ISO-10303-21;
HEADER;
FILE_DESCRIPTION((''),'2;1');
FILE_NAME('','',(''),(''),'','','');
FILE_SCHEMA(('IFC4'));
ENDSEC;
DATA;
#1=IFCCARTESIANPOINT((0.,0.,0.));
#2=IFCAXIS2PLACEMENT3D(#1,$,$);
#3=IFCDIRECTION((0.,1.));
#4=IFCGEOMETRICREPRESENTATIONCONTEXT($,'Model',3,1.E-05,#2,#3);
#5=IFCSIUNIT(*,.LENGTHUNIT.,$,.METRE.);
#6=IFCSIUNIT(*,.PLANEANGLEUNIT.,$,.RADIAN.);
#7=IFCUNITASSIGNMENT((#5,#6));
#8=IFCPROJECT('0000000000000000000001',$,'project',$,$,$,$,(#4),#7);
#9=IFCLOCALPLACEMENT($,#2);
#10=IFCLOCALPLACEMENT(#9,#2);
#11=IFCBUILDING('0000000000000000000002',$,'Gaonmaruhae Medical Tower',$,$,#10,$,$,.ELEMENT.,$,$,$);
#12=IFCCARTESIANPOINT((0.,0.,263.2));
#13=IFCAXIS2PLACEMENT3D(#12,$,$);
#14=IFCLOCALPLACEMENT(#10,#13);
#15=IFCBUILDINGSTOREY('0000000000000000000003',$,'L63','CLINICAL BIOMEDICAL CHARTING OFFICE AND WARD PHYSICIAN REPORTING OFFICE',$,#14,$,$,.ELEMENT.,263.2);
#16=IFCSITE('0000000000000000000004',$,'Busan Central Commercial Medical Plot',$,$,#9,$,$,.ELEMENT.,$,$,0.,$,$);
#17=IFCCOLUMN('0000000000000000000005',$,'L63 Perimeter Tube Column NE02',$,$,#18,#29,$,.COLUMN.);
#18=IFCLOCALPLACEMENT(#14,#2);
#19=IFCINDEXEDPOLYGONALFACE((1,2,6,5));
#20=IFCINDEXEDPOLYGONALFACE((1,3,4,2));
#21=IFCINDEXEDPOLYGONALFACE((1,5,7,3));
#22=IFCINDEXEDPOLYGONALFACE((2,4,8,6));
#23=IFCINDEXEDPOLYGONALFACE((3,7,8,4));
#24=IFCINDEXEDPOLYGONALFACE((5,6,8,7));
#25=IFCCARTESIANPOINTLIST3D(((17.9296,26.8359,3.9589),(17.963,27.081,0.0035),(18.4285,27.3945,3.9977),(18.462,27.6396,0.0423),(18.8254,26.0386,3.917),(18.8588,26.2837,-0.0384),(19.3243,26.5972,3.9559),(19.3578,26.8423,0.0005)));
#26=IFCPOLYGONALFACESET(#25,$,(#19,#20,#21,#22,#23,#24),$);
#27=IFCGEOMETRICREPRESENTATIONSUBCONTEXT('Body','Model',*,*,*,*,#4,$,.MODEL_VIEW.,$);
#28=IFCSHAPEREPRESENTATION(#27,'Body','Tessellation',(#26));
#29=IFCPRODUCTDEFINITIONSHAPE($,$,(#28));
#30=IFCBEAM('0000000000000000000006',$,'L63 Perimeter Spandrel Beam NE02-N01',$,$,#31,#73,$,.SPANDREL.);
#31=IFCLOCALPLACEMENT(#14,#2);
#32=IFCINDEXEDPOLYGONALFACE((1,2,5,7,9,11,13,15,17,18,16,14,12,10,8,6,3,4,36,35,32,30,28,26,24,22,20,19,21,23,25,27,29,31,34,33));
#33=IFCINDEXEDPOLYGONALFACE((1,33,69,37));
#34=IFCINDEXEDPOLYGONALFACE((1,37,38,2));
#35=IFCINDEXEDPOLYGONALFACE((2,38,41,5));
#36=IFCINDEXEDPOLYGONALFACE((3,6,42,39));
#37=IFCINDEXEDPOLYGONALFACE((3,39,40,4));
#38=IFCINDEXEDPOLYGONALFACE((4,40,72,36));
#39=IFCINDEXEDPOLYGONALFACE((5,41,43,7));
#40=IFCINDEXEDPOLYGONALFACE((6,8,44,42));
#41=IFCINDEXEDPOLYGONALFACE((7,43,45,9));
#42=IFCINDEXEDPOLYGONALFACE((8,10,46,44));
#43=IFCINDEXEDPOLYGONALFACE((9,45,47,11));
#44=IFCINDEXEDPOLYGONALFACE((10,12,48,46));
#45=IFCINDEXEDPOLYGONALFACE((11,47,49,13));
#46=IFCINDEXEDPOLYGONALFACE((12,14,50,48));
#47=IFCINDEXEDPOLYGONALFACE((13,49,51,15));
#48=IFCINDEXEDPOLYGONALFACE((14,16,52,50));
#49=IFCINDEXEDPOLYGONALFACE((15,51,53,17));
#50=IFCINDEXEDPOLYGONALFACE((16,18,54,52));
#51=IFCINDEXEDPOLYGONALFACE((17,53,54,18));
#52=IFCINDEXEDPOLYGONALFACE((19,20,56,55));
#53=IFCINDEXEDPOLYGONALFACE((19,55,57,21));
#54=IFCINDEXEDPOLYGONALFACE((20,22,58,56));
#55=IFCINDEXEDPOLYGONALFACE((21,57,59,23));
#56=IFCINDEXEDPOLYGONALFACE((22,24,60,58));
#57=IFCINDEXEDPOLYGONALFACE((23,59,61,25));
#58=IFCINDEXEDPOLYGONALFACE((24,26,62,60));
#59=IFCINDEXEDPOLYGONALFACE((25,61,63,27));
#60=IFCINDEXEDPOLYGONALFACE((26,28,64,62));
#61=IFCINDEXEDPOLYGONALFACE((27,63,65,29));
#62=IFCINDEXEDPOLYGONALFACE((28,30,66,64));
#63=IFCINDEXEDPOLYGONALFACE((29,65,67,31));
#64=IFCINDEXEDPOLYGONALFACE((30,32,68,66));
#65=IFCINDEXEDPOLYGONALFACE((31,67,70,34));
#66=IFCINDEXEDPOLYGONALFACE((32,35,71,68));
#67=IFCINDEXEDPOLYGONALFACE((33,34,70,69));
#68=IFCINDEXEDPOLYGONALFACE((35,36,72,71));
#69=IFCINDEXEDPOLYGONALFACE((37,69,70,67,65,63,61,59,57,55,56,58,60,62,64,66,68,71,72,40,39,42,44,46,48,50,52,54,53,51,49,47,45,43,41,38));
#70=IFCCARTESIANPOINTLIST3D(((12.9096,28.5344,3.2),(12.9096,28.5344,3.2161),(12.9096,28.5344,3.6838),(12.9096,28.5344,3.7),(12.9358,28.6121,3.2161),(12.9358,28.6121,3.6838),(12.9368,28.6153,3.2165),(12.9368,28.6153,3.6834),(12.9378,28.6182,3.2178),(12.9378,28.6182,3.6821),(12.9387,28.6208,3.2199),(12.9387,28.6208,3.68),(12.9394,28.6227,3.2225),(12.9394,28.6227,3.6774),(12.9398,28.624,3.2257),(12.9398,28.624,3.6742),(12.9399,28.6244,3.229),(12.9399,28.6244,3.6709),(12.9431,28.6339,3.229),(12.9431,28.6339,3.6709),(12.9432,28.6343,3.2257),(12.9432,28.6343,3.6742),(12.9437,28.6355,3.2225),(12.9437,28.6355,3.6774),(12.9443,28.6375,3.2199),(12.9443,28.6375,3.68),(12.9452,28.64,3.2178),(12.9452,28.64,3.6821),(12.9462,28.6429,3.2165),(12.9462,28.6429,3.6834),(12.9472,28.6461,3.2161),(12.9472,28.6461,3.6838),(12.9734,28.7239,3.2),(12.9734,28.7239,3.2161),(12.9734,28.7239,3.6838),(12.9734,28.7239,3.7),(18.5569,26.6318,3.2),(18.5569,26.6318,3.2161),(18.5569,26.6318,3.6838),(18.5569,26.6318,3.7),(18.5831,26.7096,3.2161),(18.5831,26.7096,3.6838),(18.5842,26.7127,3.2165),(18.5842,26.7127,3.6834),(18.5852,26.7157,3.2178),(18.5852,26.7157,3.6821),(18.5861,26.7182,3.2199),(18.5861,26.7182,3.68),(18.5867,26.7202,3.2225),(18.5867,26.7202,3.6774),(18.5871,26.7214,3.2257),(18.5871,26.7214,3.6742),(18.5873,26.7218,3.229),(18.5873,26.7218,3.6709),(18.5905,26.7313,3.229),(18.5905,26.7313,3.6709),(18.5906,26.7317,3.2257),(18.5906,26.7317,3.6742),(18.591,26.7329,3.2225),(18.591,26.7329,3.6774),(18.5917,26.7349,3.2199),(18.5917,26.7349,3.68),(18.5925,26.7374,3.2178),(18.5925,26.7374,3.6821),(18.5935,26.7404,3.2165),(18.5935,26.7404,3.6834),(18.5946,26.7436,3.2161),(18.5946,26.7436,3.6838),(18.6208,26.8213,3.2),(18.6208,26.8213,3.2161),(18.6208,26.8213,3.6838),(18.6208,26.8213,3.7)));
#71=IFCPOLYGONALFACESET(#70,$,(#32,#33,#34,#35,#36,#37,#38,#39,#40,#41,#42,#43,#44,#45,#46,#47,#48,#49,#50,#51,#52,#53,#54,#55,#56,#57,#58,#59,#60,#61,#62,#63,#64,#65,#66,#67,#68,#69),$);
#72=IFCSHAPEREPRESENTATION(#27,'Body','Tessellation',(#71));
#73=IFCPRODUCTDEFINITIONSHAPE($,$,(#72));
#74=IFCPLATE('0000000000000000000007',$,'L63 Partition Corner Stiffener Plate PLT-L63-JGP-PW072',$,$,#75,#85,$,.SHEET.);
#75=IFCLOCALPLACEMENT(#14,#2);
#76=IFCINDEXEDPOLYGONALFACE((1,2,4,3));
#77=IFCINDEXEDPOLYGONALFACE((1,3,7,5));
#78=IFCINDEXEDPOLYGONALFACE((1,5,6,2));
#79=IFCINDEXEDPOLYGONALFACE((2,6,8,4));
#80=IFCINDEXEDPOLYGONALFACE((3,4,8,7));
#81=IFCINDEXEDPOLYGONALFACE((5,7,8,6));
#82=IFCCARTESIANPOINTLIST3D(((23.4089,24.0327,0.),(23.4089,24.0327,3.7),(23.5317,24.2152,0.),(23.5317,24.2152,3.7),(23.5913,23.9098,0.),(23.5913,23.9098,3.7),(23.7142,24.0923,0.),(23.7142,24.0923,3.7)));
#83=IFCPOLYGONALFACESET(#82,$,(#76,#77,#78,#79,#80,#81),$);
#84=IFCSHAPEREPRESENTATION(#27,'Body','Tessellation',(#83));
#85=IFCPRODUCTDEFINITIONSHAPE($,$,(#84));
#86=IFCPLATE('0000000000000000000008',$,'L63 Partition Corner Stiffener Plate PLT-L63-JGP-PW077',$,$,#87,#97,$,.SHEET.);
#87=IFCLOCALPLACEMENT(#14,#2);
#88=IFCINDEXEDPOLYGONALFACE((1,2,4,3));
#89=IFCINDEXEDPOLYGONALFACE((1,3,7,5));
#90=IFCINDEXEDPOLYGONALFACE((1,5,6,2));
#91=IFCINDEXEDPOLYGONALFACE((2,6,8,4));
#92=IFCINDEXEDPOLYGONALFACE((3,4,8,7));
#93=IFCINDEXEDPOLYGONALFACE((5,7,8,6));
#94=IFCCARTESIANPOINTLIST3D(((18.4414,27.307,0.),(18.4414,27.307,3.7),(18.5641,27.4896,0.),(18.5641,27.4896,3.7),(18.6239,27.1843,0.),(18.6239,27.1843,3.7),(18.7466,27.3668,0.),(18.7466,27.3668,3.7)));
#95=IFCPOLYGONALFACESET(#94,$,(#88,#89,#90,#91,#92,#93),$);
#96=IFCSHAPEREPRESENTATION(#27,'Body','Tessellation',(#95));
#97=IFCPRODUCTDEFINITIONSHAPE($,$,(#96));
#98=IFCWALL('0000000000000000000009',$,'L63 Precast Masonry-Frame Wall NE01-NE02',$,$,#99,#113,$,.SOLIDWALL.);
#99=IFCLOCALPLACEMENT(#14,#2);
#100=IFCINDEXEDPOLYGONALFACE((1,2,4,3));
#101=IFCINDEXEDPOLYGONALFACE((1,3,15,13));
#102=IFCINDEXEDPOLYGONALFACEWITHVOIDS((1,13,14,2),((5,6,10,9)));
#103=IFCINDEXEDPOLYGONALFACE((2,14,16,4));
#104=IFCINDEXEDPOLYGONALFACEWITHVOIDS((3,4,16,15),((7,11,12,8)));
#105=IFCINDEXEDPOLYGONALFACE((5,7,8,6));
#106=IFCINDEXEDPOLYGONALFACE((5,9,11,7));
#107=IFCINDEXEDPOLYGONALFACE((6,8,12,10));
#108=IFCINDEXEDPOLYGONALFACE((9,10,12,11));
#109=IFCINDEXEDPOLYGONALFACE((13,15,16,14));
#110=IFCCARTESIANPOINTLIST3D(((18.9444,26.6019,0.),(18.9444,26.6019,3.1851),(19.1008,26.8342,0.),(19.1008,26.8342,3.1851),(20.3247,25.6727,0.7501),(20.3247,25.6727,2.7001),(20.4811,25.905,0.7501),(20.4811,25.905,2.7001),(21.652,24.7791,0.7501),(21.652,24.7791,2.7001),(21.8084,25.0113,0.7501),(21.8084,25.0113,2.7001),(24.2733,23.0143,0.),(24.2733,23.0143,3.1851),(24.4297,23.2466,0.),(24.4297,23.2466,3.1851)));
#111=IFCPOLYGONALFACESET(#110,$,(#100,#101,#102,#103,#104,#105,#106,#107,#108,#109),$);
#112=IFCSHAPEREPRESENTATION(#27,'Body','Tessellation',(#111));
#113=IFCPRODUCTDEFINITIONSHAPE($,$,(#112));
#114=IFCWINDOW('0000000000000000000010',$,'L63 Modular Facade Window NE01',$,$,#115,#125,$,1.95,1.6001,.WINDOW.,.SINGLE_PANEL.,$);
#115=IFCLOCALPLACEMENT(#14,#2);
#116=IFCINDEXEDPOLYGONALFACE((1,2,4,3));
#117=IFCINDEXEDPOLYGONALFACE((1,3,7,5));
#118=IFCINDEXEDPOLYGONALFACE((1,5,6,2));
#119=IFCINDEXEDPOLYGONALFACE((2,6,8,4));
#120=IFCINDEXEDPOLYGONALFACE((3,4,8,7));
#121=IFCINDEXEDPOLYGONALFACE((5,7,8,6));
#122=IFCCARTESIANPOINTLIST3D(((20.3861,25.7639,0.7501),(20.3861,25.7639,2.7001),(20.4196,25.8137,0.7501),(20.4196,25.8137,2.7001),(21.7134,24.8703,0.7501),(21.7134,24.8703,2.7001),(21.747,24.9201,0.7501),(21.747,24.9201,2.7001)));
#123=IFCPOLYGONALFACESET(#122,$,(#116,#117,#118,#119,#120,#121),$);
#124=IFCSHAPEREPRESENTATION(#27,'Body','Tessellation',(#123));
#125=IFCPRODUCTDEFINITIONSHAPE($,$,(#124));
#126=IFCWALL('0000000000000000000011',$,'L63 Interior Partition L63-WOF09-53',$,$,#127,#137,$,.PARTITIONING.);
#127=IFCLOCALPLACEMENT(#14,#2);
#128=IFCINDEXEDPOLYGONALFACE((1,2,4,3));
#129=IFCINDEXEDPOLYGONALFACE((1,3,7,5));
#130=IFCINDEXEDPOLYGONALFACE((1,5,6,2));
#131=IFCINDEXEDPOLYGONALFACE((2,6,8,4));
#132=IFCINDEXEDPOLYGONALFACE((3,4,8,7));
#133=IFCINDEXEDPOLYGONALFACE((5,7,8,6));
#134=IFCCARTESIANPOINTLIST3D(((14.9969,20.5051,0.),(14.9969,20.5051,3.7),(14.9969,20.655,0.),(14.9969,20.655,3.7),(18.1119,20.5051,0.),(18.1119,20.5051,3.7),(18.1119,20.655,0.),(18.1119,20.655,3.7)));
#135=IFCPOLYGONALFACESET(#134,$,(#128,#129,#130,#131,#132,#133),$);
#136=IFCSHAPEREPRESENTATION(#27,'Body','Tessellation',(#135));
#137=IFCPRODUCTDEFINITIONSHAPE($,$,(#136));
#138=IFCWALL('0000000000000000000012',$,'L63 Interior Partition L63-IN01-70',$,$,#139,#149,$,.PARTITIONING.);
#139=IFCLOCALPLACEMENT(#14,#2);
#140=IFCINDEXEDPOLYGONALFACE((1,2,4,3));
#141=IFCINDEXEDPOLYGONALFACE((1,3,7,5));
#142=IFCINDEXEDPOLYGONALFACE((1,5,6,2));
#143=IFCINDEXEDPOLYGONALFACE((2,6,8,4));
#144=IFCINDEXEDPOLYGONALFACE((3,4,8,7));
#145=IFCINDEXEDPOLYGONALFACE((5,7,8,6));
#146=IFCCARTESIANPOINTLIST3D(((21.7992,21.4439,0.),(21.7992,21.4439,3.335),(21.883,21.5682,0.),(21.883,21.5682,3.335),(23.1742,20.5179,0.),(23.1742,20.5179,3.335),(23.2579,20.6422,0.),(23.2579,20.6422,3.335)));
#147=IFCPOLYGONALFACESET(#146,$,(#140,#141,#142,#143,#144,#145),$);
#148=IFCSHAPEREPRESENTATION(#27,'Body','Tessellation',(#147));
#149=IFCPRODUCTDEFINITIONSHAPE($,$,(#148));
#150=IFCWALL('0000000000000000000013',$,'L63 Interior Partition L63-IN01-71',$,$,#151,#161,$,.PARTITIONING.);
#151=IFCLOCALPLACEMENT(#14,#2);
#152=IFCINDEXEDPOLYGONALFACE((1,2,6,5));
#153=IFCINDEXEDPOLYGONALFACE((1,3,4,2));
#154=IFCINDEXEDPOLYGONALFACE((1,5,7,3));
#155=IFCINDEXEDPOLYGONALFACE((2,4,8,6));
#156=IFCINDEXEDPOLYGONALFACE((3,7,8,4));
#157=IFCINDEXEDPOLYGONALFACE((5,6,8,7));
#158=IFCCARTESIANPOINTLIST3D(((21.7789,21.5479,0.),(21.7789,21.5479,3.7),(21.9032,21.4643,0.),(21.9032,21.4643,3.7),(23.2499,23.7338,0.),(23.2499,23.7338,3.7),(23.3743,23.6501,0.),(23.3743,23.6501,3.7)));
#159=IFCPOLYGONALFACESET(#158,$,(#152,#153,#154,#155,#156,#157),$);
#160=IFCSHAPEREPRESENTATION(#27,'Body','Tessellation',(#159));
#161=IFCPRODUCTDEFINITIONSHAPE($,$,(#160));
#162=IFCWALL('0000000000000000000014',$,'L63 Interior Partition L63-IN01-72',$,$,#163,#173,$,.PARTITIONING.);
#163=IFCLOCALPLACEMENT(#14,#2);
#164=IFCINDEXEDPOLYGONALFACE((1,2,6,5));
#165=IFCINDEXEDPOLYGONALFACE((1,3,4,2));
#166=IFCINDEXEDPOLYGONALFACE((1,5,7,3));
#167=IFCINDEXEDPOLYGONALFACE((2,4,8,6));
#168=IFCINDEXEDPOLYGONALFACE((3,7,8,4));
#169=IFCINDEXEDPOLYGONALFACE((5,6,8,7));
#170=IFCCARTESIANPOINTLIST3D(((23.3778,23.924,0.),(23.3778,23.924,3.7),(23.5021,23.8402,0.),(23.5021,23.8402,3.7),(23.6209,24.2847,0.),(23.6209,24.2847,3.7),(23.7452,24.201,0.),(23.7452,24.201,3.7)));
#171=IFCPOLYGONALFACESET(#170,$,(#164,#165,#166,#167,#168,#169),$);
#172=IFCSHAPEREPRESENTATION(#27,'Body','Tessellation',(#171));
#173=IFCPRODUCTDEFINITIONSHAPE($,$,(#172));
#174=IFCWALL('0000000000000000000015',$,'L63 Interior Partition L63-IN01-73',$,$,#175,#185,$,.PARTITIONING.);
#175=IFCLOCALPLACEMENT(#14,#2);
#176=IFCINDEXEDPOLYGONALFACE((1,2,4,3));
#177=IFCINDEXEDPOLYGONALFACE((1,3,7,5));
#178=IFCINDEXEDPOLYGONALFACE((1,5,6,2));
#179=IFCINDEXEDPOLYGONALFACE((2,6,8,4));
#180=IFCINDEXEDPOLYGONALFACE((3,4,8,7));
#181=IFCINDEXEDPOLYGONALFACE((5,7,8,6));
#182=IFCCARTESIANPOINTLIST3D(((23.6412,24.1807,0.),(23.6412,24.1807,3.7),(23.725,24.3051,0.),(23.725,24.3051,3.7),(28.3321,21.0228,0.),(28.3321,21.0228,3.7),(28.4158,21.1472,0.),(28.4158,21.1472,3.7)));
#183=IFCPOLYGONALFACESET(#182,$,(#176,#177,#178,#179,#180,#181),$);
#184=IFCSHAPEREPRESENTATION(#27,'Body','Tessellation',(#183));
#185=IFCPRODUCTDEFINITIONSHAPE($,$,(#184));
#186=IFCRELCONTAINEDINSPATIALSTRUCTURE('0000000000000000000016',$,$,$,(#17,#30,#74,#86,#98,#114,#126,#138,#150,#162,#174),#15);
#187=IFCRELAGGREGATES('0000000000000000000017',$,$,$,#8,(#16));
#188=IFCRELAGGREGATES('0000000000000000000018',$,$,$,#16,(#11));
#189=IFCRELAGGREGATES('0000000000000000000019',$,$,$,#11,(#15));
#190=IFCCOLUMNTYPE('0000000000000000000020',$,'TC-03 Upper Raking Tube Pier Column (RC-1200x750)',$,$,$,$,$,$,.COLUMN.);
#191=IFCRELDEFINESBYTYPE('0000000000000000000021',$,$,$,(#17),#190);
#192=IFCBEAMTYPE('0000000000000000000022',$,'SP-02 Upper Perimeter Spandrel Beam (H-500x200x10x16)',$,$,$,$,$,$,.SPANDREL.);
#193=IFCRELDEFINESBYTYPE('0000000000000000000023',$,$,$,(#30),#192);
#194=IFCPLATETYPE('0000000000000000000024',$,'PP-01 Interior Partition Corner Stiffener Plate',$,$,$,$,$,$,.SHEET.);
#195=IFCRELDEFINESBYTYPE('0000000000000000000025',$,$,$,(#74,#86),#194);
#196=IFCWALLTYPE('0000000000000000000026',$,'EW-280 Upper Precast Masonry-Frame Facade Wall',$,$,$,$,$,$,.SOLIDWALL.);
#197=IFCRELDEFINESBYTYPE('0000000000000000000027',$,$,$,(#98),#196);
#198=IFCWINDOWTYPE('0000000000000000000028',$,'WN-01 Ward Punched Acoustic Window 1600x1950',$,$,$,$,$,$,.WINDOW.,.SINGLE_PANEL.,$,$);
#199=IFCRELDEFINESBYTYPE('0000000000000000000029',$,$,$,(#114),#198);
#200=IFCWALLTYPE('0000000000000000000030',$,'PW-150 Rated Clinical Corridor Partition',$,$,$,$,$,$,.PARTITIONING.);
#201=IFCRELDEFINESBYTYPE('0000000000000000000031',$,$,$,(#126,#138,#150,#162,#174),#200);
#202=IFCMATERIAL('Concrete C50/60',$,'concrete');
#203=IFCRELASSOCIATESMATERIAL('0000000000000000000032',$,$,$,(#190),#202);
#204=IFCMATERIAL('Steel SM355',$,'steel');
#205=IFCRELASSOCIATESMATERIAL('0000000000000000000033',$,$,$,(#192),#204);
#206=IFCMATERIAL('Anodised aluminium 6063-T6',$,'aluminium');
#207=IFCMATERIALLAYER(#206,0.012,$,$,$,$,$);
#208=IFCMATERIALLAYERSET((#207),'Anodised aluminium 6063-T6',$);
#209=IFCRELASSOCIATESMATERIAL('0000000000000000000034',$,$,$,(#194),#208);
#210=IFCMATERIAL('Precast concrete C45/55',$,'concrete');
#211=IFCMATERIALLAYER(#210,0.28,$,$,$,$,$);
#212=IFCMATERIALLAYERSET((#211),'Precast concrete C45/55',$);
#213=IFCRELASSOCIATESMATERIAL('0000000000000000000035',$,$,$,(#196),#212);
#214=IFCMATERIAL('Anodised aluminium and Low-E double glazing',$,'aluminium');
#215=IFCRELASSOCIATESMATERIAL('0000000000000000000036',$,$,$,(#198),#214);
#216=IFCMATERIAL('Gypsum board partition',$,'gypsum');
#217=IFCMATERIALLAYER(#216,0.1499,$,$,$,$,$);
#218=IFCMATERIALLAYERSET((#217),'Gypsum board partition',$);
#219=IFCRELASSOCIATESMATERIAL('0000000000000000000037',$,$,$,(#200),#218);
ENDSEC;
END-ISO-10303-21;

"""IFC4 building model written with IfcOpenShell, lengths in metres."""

from ifc_helpers import new_model, si_unit, direction, frame, frame_2d, origin, origin_2d, place, context, subcontext, project, spatial, rectangle, i_section, extrude, material, layer, layer_set, material_profile, profile_set, type_object, element, fill, save


model = new_model("IFC4")

# Units and contexts
model_context = context("Model", 3, precision=1e-05, world=origin(), true_north=direction((0.0, 1.0)))
body_context = subcontext(model_context, "Body", "Model", "MODEL_VIEW")
ifc_project = project(units=[si_unit("LENGTHUNIT", "METRE"), si_unit("PLANEANGLEUNIT", "RADIAN")], contexts=[model_context])

# Site, building, storey
site_placement = place(None, origin())
site = spatial("IfcSite", under=ifc_project, at=site_placement, Name="Busan Central Commercial Medical Plot", CompositionType="ELEMENT", RefElevation=0.0)
building_placement = place(site_placement, origin())
building = spatial("IfcBuilding", under=site, at=building_placement, Name="Gaonmaruhae Medical Tower", CompositionType="ELEMENT")
storey_placement = place(building_placement, frame((0.0, 0.0, 263.2)))
storey = spatial("IfcBuildingStorey", under=building, at=storey_placement, Name="L63", Description="CLINICAL BIOMEDICAL CHARTING OFFICE AND WARD PHYSICIAN REPORTING OFFICE", CompositionType="ELEMENT", Elevation=263.2)

# Column
ifc_material_1 = material(Name="Concrete C50/60", Category="concrete")
ifc_material_profile_1 = material_profile(ifc_material_1, rectangle(XDim=1.2, YDim=0.75, at=origin_2d()), Name="RC-1200x750")
ifc_profile_set_1 = profile_set([ifc_material_profile_1], Name="Concrete C50/60")
column_type = type_object("IfcColumnType", Name="TC-03 Upper Raking Tube Pier Column (RC-1200x750)", PredefinedType="COLUMN", material=ifc_profile_set_1)
column_placement = place(storey_placement, frame((18.6604, 26.9617, 0.002), z_axis=(-0.00844, -0.061851, 0.99805), x_axis=(-0.74655, 0.664415, 0.034862)))
element("IfcColumn", 1, at=column_placement, inside=storey, type_object=column_type, Name="L63 Perimeter Tube Column NE02", PredefinedType="COLUMN", context=body_context, shape_type="SweptSolid", body=[
    extrude(rectangle(XDim=1.2, YDim=0.75, at=origin_2d()), origin(), (0.0, 0.0, 1.0), 3.9631),
])

# Beam
ifc_material_2 = material(Name="Steel SM355", Category="steel")
ifc_material_profile_2 = material_profile(ifc_material_2, i_section(OverallWidth=0.2, OverallDepth=0.5, WebThickness=0.01, FlangeThickness=0.0161, FilletRadius=0.0129, at=origin_2d()), Name="H-500x200x10x16")
ifc_profile_set_2 = profile_set([ifc_material_profile_2], Name="Steel SM355")
beam_type = type_object("IfcBeamType", Name="SP-02 Upper Perimeter Spandrel Beam (H-500x200x10x16)", PredefinedType="SPANDREL", material=ifc_profile_set_2)
beam_placement = place(storey_placement, frame((18.5889, 26.7266, 3.45), z_axis=(-0.947667, 0.319262, 0.0), x_axis=(-0.319262, -0.947667, 0.0)))
element("IfcBeam", 2, at=beam_placement, inside=storey, type_object=beam_type, Name="L63 Perimeter Spandrel Beam NE02-N01", PredefinedType="SPANDREL", context=body_context, shape_type="SweptSolid", body=[
    extrude(i_section(OverallWidth=0.2, OverallDepth=0.5, WebThickness=0.01, FlangeThickness=0.0161, FilletRadius=0.0129, at=origin_2d()), origin(), (0.0, 0.0, 1.0), 5.9592),
])

# Plates
ifc_material_3 = material(Name="Anodised aluminium 6063-T6", Category="aluminium")
ifc_layer_1 = layer(ifc_material_3, 0.012)
ifc_layer_set_1 = layer_set([ifc_layer_1], Name="Anodised aluminium 6063-T6")
plate_type = type_object("IfcPlateType", Name="PP-01 Interior Partition Corner Stiffener Plate", PredefinedType="SHEET", material=ifc_layer_set_1)
for number, where, z_axis, x_axis, name in (
    (3, (23.5615, 24.0625, 0.0), (0.0, 0.0, 1.0), (0.558411, 0.829564, 0.0), "L63 Partition Corner Stiffener Plate PLT-L63-JGP-PW072"),
    (4, (18.594, 27.3369, 0.0), (0.0, 0.0, 1.0), (0.558035, 0.829818, 0.0), "L63 Partition Corner Stiffener Plate PLT-L63-JGP-PW077"),
):
    element("IfcPlate", number, at=place(storey_placement, frame(where, z_axis=z_axis, x_axis=x_axis)), inside=storey, type_object=plate_type, Name=name, PredefinedType="SHEET", context=body_context, shape_type="SweptSolid", body=[
        extrude(rectangle(XDim=0.22, YDim=0.22, at=origin_2d()), origin(), (0.0, 0.0, 1.0), 3.7),
    ])

# Wall, opening, window
ifc_material_4 = material(Name="Precast concrete C45/55", Category="concrete")
ifc_layer_2 = layer(ifc_material_4, 0.28)
ifc_layer_set_2 = layer_set([ifc_layer_2], Name="Precast concrete C45/55")
wall_type_1 = type_object("IfcWallType", Name="EW-280 Upper Precast Masonry-Frame Facade Wall", PredefinedType="SOLIDWALL", material=ifc_layer_set_2)
wall_1_placement = place(storey_placement, frame((19.0227, 26.718, 0.0), z_axis=(0.0, 0.0, 1.0), x_axis=(0.829522, -0.558474, 0.0)))
wall_1 = element("IfcWall", 5, at=wall_1_placement, inside=storey, type_object=wall_type_1, Name="L63 Precast Masonry-Frame Wall NE01-NE02", PredefinedType="SOLIDWALL", context=body_context, shape_type="SweptSolid", body=[
    extrude(rectangle(XDim=6.4241, YDim=0.28, at=frame_2d((3.2119, 0.0))), origin(), (0.0, 0.0, 1.0), 3.1851),
])
opening_1_placement = place(wall_1_placement, frame((1.6638, 0.0, 0.75)))
opening_1 = element("IfcOpeningElement", 6, at=opening_1_placement, cuts=wall_1, PredefinedType="OPENING", context=body_context, shape_type="SweptSolid", body=[
    extrude(rectangle(XDim=1.6001, YDim=1.95, at=frame_2d((0.8, 0.9751))), frame((0.0, 0.1499, 0.0), z_axis=(0.0, -1.0, 0.0), x_axis=(1.0, 0.0, 0.0)), (0.0, 0.0, 1.0), 0.3),
])
ifc_material_5 = material(Name="Anodised aluminium and Low-E double glazing", Category="aluminium")
window_type = type_object("IfcWindowType", Name="WN-01 Ward Punched Acoustic Window 1600x1950", PartitioningType="SINGLE_PANEL", PredefinedType="WINDOW", material=ifc_material_5)
window_placement = place(opening_1_placement, origin())
window = element("IfcWindow", 7, at=window_placement, inside=storey, type_object=window_type, Name="L63 Modular Facade Window NE01", OverallHeight=1.95, OverallWidth=1.6001, PartitioningType="SINGLE_PANEL", PredefinedType="WINDOW", context=body_context, shape_type="SweptSolid", body=[
    extrude(rectangle(XDim=1.6001, YDim=1.95, at=frame_2d((0.8, 0.9751))), frame((0.0, 0.03, 0.0), z_axis=(0.0, -1.0, 0.0), x_axis=(1.0, 0.0, 0.0)), (0.0, 0.0, 1.0), 0.0601),
])
fill(opening_1, window)

# Walls
ifc_material_6 = material(Name="Gypsum board partition", Category="gypsum")
ifc_layer_3 = layer(ifc_material_6, 0.1499)
ifc_layer_set_3 = layer_set([ifc_layer_3], Name="Gypsum board partition")
wall_type_2 = type_object("IfcWallType", Name="PW-150 Rated Clinical Corridor Partition", PredefinedType="PARTITIONING", material=ifc_layer_set_3)
wall_2_placement = place(storey_placement, frame((18.1121, 20.5801, 0.0), z_axis=(0.0, 0.0, 1.0), x_axis=(-1.0, 0.0, 0.0)))
element("IfcWall", 8, at=wall_2_placement, inside=storey, type_object=wall_type_2, Name="L63 Interior Partition L63-WOF09-53", PredefinedType="PARTITIONING", context=body_context, shape_type="SweptSolid", body=[
    extrude(rectangle(XDim=3.115, YDim=0.1499, at=frame_2d((1.5576, 0.0))), origin(), (0.0, 0.0, 1.0), 3.7),
])
wall_3_placement = place(storey_placement, frame((23.2161, 20.5801, 0.0), z_axis=(0.0, 0.0, 1.0), x_axis=(-0.829436, 0.558602, 0.0)))
element("IfcWall", 9, at=wall_3_placement, inside=storey, type_object=wall_type_2, Name="L63 Interior Partition L63-IN01-70", PredefinedType="PARTITIONING", context=body_context, shape_type="SweptSolid", body=[
    extrude(rectangle(XDim=1.6577, YDim=0.1499, at=frame_2d((0.8289, 0.0))), origin(), (0.0, 0.0, 1.0), 3.335),
])
wall_4_placement = place(storey_placement, frame((21.8411, 21.5061, 0.0), z_axis=(0.0, 0.0, 1.0), x_axis=(0.558309, 0.829633, 0.0)))
element("IfcWall", 10, at=wall_4_placement, inside=storey, type_object=wall_type_2, Name="L63 Interior Partition L63-IN01-71", PredefinedType="PARTITIONING", context=body_context, shape_type="SweptSolid", body=[
    extrude(rectangle(XDim=2.6348, YDim=0.1499, at=frame_2d((1.3174, 0.0))), origin(), (0.0, 0.0, 1.0), 3.7),
])
wall_5_placement = place(storey_placement, frame((23.4399, 23.8821, 0.0), z_axis=(0.0, 0.0, 1.0), x_axis=(0.558837, 0.829278, 0.0)))
element("IfcWall", 11, at=wall_5_placement, inside=storey, type_object=wall_type_2, Name="L63 Interior Partition L63-IN01-72", PredefinedType="PARTITIONING", context=body_context, shape_type="SweptSolid", body=[
    extrude(rectangle(XDim=0.4351, YDim=0.1499, at=frame_2d((0.2175, 0.0))), origin(), (0.0, 0.0, 1.0), 3.7),
])
wall_6_placement = place(storey_placement, frame((23.6831, 24.2429, 0.0), z_axis=(0.0, 0.0, 1.0), x_axis=(0.829538, -0.558451, 0.0)))
element("IfcWall", 12, at=wall_6_placement, inside=storey, type_object=wall_type_2, Name="L63 Interior Partition L63-IN01-73", PredefinedType="PARTITIONING", context=body_context, shape_type="SweptSolid", body=[
    extrude(rectangle(XDim=5.6548, YDim=0.1499, at=frame_2d((2.8274, 0.0))), origin(), (0.0, 0.0, 1.0), 3.7),
])

save(model, "model.ifc")
